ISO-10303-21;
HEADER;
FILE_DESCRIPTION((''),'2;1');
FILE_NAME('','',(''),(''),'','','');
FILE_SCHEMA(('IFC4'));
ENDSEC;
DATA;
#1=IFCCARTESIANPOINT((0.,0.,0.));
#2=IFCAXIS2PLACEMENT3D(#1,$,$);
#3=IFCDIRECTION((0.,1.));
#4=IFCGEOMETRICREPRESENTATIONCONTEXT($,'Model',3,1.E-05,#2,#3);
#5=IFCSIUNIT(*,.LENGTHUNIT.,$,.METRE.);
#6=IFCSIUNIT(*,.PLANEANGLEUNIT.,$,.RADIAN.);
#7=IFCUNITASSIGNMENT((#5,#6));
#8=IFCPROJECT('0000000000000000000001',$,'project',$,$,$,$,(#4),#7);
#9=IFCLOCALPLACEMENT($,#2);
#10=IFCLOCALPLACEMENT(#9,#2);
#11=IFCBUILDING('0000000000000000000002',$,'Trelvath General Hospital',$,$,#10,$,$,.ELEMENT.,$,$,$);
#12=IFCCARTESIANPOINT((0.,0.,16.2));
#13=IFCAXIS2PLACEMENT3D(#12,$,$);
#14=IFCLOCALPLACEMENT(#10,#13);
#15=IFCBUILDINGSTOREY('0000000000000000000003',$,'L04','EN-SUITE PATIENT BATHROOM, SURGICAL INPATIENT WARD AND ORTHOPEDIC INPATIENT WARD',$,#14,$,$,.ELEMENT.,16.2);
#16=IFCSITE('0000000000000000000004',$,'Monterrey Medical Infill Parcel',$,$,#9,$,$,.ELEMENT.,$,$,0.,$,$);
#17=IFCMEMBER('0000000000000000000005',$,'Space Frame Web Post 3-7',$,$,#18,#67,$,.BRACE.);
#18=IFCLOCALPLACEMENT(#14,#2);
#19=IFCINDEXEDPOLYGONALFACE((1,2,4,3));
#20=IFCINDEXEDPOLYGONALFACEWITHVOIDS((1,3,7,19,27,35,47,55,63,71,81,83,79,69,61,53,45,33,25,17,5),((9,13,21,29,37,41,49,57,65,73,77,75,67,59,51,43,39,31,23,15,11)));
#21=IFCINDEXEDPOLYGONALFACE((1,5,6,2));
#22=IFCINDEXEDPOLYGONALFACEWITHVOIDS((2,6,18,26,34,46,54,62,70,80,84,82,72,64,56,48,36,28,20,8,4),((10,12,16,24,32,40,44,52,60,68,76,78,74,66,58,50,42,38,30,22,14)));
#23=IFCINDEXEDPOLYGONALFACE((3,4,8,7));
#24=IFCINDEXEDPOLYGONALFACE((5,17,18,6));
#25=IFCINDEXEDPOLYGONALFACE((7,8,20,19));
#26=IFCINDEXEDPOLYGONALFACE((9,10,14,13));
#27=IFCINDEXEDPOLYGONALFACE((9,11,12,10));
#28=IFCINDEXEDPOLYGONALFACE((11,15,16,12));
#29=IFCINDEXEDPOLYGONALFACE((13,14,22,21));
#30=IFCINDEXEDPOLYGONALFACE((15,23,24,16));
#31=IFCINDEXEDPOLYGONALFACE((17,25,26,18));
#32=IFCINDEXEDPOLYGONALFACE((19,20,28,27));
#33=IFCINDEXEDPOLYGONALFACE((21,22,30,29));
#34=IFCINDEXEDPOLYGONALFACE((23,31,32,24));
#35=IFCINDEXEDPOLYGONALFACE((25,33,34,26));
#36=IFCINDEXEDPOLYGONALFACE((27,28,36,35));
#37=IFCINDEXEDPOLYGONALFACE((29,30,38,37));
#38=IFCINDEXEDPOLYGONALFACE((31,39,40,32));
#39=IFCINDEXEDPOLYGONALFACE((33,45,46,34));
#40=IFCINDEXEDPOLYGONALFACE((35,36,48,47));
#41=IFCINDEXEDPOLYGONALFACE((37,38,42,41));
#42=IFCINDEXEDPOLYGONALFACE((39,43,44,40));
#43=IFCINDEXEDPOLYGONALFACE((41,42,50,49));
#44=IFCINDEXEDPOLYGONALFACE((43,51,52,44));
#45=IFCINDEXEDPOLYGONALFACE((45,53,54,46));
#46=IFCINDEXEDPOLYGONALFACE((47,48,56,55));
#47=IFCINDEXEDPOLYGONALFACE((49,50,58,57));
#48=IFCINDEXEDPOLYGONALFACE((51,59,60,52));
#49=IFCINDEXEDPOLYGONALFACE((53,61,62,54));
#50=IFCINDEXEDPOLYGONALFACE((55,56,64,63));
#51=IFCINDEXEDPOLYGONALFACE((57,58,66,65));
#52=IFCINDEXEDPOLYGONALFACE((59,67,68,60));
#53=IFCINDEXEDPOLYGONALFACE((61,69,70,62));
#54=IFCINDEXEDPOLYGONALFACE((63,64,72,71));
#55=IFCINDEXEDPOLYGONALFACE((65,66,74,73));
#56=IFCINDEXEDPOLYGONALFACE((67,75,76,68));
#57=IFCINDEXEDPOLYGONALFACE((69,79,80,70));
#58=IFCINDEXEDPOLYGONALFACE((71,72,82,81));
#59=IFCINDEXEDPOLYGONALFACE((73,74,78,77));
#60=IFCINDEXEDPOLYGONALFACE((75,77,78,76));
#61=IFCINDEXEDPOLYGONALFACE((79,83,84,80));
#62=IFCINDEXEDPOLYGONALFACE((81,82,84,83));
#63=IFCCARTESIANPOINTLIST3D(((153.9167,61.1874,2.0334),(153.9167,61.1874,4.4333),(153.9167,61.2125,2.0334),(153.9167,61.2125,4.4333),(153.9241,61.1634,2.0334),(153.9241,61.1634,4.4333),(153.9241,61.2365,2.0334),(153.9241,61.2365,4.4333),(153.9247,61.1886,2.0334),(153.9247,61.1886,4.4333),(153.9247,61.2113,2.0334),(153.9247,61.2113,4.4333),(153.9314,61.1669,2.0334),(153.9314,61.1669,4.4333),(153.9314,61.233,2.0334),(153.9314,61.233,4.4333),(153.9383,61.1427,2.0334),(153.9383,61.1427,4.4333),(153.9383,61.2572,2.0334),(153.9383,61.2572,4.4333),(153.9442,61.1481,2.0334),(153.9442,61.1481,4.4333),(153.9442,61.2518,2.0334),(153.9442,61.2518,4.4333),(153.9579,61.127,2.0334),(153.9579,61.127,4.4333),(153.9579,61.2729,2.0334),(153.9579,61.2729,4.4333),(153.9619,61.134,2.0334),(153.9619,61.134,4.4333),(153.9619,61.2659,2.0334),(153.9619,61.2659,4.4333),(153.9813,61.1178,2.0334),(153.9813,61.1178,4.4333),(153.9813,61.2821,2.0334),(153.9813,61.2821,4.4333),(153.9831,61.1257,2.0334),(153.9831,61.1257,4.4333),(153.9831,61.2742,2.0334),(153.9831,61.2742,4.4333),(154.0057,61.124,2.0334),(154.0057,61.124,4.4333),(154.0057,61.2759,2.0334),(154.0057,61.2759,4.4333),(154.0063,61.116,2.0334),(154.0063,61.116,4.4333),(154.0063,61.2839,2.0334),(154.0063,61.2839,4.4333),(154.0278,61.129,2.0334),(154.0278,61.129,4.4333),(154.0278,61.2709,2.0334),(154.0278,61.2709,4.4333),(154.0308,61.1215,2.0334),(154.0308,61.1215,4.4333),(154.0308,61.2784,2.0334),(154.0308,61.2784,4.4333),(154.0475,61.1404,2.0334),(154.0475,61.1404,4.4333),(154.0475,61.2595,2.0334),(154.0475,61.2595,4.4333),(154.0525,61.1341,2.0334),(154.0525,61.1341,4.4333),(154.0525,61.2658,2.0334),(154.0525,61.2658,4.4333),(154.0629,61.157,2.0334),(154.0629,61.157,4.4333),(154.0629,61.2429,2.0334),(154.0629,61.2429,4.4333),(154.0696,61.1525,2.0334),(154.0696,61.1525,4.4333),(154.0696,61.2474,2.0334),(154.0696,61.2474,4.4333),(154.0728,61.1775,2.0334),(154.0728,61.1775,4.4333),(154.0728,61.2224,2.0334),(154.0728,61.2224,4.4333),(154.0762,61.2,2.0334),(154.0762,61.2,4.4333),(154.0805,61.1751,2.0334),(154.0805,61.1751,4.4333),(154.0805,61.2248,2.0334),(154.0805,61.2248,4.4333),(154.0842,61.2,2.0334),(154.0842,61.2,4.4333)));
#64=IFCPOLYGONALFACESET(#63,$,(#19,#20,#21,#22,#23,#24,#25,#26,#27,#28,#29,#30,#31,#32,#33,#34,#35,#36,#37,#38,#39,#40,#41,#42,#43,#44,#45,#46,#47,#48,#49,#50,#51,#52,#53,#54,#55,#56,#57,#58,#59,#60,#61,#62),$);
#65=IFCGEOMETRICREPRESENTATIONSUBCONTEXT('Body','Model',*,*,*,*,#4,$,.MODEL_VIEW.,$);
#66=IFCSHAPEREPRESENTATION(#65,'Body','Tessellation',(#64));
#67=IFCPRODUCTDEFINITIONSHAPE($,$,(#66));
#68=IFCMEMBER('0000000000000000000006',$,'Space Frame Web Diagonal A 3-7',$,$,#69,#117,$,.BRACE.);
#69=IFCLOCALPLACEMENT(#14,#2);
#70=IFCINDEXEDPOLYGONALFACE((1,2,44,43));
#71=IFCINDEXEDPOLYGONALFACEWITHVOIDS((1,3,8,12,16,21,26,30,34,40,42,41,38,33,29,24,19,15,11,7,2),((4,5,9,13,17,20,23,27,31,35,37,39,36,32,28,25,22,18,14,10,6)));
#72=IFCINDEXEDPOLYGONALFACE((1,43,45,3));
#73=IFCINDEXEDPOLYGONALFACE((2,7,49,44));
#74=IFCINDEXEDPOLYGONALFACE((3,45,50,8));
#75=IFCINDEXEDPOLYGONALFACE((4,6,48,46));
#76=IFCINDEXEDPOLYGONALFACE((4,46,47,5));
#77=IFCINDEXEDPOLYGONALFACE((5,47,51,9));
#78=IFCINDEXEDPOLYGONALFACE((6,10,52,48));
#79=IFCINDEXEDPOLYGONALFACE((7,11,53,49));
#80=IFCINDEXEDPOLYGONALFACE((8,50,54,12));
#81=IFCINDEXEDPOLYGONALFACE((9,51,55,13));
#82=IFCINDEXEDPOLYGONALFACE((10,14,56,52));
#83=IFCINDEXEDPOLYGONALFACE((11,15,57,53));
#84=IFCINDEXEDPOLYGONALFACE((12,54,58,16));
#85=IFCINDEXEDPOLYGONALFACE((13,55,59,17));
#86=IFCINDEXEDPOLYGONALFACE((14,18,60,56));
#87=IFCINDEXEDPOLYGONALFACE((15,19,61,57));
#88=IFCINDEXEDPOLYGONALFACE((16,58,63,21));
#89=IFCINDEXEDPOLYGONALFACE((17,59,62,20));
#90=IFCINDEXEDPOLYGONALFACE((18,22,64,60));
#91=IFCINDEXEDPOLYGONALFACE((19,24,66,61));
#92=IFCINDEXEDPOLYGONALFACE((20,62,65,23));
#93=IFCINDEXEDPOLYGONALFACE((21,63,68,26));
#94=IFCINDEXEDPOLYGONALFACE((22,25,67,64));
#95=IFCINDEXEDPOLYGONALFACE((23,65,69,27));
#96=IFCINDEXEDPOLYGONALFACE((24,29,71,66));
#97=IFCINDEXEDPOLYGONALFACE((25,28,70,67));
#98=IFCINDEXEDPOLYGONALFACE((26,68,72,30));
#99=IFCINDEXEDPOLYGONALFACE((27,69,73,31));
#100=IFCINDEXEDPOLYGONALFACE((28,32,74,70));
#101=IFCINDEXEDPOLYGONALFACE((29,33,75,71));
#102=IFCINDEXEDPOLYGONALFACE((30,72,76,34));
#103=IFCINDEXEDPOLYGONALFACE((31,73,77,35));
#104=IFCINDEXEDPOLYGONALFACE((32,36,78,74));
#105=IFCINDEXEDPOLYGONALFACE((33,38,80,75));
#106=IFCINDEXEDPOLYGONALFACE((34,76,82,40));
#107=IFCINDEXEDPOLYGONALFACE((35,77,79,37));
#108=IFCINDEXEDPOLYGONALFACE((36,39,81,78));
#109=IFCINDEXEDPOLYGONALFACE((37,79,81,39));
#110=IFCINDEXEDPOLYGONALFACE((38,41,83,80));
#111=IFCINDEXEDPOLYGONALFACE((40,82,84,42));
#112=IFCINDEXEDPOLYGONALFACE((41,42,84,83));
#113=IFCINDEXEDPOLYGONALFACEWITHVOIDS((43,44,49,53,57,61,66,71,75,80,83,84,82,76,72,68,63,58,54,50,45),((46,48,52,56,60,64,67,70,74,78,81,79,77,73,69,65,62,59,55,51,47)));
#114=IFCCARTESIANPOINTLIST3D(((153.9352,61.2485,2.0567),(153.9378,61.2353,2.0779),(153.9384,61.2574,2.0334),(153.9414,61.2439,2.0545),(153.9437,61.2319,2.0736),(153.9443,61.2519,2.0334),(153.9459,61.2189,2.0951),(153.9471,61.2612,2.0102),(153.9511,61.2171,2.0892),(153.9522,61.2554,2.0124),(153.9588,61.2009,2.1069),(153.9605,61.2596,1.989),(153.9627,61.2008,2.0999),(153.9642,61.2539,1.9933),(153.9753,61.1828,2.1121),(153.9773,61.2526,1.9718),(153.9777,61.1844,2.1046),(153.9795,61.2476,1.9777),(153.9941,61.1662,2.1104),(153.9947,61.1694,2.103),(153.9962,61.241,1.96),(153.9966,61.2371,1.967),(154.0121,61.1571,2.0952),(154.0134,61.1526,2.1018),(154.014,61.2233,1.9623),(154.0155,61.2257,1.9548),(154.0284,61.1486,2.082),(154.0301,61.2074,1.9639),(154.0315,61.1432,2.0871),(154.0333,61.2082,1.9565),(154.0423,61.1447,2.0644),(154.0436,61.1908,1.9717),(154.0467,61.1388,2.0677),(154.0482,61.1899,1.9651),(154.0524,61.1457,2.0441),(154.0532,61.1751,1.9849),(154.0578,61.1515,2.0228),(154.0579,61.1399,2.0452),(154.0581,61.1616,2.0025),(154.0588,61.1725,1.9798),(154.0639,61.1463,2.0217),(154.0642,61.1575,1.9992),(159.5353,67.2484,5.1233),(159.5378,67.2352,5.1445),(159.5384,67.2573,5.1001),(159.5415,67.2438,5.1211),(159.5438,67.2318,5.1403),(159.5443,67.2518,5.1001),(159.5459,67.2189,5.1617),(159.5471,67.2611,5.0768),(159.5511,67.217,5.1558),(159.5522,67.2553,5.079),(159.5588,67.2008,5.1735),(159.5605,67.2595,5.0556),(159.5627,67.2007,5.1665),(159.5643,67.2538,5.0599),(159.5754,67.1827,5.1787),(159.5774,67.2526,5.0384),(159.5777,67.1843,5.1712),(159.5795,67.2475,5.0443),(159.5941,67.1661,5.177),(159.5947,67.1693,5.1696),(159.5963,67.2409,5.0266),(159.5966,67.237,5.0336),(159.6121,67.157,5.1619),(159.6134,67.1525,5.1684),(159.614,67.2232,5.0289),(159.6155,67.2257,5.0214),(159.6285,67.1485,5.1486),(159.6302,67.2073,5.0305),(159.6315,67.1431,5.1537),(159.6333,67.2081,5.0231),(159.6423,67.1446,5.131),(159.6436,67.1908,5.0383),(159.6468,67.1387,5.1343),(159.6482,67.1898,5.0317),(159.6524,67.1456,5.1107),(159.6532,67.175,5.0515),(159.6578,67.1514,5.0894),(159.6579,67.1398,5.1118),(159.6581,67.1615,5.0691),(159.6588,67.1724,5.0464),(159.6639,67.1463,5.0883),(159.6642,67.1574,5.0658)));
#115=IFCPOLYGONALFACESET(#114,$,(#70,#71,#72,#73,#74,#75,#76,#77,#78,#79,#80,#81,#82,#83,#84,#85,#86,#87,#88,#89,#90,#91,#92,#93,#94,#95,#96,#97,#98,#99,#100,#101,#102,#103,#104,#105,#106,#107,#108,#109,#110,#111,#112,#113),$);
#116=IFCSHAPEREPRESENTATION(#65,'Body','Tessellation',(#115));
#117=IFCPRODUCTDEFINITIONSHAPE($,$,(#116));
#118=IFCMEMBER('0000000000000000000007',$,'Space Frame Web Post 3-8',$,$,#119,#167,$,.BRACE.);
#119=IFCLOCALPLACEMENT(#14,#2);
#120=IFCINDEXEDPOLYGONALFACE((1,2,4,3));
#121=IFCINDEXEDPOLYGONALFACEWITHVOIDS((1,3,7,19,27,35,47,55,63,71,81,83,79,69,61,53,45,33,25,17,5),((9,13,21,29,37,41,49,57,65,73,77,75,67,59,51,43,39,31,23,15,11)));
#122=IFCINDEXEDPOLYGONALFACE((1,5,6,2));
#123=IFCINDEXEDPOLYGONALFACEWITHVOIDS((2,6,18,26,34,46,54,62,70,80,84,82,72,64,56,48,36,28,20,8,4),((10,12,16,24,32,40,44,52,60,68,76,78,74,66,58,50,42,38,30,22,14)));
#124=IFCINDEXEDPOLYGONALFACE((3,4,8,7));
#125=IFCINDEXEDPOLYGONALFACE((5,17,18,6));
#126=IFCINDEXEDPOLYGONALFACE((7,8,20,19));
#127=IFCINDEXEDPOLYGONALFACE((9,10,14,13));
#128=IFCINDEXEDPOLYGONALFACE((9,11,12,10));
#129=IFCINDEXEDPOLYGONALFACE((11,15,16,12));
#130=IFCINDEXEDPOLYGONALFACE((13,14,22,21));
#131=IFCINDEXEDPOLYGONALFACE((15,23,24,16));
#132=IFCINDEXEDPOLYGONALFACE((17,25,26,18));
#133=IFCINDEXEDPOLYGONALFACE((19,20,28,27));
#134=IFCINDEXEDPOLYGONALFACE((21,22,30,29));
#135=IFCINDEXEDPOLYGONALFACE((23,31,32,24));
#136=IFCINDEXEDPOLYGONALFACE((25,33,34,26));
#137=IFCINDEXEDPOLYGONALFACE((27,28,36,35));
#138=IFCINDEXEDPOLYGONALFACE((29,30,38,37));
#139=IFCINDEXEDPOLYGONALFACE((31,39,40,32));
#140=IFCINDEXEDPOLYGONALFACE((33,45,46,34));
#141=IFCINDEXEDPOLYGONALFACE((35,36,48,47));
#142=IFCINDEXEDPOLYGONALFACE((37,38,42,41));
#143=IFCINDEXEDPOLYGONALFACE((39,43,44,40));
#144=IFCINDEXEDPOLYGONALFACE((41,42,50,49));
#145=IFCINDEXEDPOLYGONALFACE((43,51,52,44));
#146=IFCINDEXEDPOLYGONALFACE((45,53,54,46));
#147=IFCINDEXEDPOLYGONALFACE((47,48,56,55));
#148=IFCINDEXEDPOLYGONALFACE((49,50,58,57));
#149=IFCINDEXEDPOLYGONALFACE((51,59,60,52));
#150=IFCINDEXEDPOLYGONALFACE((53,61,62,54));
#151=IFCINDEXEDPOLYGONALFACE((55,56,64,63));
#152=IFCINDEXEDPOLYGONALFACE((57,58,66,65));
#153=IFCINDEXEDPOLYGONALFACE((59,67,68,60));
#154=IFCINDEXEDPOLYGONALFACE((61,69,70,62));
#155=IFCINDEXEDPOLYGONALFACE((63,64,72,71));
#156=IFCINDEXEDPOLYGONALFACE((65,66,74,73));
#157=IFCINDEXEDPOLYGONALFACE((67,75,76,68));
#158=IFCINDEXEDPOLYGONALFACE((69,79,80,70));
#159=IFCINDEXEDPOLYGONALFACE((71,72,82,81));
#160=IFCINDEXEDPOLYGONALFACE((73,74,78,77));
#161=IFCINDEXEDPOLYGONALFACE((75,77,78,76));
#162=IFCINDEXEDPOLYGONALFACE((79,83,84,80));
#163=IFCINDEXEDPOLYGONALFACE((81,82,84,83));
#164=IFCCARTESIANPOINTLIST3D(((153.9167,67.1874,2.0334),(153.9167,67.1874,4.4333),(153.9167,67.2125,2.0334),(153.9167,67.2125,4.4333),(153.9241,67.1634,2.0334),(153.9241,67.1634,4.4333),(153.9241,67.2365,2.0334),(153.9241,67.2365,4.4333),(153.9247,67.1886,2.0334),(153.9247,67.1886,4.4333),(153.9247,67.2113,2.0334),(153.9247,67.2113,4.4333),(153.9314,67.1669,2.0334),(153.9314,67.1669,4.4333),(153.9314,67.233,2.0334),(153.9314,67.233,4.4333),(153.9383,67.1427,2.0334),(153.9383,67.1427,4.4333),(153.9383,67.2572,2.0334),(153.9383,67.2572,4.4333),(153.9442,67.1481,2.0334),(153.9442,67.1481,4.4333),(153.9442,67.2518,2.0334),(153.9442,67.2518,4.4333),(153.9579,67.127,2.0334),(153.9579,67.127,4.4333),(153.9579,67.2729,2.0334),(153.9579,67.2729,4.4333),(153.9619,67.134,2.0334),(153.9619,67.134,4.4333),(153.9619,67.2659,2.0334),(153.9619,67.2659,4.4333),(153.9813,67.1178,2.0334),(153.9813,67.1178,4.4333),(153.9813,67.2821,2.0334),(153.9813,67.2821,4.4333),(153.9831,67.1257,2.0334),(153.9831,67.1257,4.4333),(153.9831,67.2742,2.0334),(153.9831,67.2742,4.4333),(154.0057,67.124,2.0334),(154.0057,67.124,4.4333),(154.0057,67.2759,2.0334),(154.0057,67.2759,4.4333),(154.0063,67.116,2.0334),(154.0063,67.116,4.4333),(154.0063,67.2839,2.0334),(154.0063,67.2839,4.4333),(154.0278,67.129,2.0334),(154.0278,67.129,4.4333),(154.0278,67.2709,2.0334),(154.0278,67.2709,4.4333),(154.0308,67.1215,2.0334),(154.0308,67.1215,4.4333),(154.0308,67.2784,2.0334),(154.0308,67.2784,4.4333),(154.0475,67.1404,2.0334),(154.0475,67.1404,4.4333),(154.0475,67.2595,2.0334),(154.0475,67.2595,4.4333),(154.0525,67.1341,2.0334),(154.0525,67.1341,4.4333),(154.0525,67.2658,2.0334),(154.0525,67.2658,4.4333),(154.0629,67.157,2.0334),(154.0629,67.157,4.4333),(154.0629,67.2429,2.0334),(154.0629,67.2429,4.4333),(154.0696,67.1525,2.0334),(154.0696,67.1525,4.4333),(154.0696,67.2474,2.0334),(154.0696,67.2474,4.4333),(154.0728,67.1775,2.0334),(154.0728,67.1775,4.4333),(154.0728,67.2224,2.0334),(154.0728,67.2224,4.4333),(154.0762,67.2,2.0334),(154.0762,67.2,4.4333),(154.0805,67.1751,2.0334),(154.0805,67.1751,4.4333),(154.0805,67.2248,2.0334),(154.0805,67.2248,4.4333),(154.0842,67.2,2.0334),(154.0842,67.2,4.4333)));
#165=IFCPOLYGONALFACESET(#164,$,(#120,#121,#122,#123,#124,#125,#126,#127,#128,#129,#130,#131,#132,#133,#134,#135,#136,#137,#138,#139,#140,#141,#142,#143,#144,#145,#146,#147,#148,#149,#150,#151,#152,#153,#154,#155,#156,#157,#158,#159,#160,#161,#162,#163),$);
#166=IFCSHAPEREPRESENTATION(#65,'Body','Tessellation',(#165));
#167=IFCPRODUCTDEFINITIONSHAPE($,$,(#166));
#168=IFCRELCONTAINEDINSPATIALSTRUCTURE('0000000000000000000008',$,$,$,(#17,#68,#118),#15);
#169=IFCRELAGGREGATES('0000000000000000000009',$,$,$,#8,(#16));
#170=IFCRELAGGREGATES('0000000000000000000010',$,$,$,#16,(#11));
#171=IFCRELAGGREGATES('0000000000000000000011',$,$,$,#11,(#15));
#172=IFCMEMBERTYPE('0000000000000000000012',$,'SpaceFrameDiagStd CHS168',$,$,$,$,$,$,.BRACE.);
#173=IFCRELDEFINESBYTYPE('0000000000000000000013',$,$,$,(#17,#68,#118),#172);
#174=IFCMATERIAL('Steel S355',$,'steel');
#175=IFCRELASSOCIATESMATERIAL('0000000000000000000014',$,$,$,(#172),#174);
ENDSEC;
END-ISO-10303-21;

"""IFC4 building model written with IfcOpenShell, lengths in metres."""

from ifc_helpers import new_model, si_unit, direction, frame, origin, origin_2d, place, context, subcontext, project, spatial, hollow_circle, extrude, material, material_profile, profile_set, type_object, element, save


model = new_model("IFC4")

# Units and contexts
model_context = context("Model", 3, precision=1e-05, world=origin(), true_north=direction((0.0, 1.0)))
body_context = subcontext(model_context, "Body", "Model", "MODEL_VIEW")
ifc_project = project(units=[si_unit("LENGTHUNIT", "METRE"), si_unit("PLANEANGLEUNIT", "RADIAN")], contexts=[model_context])

# Site, building, storey
site_placement = place(None, origin())
site = spatial("IfcSite", under=ifc_project, at=site_placement, Name="Monterrey Medical Infill Parcel", CompositionType="ELEMENT", RefElevation=0.0)
building_placement = place(site_placement, origin())
building = spatial("IfcBuilding", under=site, at=building_placement, Name="Trelvath General Hospital", CompositionType="ELEMENT")
storey_placement = place(building_placement, frame((0.0, 0.0, 16.2)))
storey = spatial("IfcBuildingStorey", under=building, at=storey_placement, Name="L04", Description="EN-SUITE PATIENT BATHROOM, SURGICAL INPATIENT WARD AND ORTHOPEDIC INPATIENT WARD", CompositionType="ELEMENT", Elevation=16.2)

# Members
ifc_material_1 = material(Name="Steel S355", Category="steel")
ifc_material_profile_1 = material_profile(ifc_material_1, hollow_circle(Radius=0.0842, WallThickness=0.0081, at=origin_2d()), Name="CHS168.3x8.0")
ifc_profile_set_1 = profile_set([ifc_material_profile_1], Name="Steel S355")
member_type_1 = type_object("IfcMemberType", Name="SpaceFrameDiagStd CHS168", PredefinedType="BRACE", material=ifc_profile_set_1)
for number, where, z_axis, x_axis, name in (
    (1, (154.0, 61.2, 2.0334), (0.0, 0.0, 1.0), (1.0, 0.0, 0.0), "Space Frame Web Post 3-7"),
):
    element("IfcMember", number, at=place(storey_placement, frame(where, z_axis=z_axis, x_axis=x_axis)), inside=storey, type_object=member_type_1, Name=name, PredefinedType="BRACE", context=body_context, shape_type="SweptSolid", body=[
        extrude(hollow_circle(Radius=0.0842, WallThickness=0.0081, at=origin_2d()), origin(), (0.0, 0.0, 1.0), 2.3999),
    ])
member_1_placement = place(storey_placement, frame((154.0, 61.2, 2.0334), z_axis=(0.639165, 0.684807, 0.350011), x_axis=(-0.731049, 0.682325, 0.0)))
element("IfcMember", 2, at=member_1_placement, inside=storey, type_object=member_type_1, Name="Space Frame Web Diagonal A 3-7", PredefinedType="BRACE", context=body_context, shape_type="SweptSolid", body=[
    extrude(hollow_circle(Radius=0.0842, WallThickness=0.0081, at=origin_2d()), origin(), (0.0, 0.0, 1.0), 8.7615),
])
member_2_placement = place(storey_placement, frame((154.0, 67.2, 2.0334), z_axis=(0.0, 0.0, 1.0), x_axis=(1.0, 0.0, 0.0)))
element("IfcMember", 3, at=member_2_placement, inside=storey, type_object=member_type_1, Name="Space Frame Web Post 3-8", PredefinedType="BRACE", context=body_context, shape_type="SweptSolid", body=[
    extrude(hollow_circle(Radius=0.0842, WallThickness=0.0081, at=origin_2d()), origin(), (0.0, 0.0, 1.0), 2.3999),
])

save(model, "model.ifc")
